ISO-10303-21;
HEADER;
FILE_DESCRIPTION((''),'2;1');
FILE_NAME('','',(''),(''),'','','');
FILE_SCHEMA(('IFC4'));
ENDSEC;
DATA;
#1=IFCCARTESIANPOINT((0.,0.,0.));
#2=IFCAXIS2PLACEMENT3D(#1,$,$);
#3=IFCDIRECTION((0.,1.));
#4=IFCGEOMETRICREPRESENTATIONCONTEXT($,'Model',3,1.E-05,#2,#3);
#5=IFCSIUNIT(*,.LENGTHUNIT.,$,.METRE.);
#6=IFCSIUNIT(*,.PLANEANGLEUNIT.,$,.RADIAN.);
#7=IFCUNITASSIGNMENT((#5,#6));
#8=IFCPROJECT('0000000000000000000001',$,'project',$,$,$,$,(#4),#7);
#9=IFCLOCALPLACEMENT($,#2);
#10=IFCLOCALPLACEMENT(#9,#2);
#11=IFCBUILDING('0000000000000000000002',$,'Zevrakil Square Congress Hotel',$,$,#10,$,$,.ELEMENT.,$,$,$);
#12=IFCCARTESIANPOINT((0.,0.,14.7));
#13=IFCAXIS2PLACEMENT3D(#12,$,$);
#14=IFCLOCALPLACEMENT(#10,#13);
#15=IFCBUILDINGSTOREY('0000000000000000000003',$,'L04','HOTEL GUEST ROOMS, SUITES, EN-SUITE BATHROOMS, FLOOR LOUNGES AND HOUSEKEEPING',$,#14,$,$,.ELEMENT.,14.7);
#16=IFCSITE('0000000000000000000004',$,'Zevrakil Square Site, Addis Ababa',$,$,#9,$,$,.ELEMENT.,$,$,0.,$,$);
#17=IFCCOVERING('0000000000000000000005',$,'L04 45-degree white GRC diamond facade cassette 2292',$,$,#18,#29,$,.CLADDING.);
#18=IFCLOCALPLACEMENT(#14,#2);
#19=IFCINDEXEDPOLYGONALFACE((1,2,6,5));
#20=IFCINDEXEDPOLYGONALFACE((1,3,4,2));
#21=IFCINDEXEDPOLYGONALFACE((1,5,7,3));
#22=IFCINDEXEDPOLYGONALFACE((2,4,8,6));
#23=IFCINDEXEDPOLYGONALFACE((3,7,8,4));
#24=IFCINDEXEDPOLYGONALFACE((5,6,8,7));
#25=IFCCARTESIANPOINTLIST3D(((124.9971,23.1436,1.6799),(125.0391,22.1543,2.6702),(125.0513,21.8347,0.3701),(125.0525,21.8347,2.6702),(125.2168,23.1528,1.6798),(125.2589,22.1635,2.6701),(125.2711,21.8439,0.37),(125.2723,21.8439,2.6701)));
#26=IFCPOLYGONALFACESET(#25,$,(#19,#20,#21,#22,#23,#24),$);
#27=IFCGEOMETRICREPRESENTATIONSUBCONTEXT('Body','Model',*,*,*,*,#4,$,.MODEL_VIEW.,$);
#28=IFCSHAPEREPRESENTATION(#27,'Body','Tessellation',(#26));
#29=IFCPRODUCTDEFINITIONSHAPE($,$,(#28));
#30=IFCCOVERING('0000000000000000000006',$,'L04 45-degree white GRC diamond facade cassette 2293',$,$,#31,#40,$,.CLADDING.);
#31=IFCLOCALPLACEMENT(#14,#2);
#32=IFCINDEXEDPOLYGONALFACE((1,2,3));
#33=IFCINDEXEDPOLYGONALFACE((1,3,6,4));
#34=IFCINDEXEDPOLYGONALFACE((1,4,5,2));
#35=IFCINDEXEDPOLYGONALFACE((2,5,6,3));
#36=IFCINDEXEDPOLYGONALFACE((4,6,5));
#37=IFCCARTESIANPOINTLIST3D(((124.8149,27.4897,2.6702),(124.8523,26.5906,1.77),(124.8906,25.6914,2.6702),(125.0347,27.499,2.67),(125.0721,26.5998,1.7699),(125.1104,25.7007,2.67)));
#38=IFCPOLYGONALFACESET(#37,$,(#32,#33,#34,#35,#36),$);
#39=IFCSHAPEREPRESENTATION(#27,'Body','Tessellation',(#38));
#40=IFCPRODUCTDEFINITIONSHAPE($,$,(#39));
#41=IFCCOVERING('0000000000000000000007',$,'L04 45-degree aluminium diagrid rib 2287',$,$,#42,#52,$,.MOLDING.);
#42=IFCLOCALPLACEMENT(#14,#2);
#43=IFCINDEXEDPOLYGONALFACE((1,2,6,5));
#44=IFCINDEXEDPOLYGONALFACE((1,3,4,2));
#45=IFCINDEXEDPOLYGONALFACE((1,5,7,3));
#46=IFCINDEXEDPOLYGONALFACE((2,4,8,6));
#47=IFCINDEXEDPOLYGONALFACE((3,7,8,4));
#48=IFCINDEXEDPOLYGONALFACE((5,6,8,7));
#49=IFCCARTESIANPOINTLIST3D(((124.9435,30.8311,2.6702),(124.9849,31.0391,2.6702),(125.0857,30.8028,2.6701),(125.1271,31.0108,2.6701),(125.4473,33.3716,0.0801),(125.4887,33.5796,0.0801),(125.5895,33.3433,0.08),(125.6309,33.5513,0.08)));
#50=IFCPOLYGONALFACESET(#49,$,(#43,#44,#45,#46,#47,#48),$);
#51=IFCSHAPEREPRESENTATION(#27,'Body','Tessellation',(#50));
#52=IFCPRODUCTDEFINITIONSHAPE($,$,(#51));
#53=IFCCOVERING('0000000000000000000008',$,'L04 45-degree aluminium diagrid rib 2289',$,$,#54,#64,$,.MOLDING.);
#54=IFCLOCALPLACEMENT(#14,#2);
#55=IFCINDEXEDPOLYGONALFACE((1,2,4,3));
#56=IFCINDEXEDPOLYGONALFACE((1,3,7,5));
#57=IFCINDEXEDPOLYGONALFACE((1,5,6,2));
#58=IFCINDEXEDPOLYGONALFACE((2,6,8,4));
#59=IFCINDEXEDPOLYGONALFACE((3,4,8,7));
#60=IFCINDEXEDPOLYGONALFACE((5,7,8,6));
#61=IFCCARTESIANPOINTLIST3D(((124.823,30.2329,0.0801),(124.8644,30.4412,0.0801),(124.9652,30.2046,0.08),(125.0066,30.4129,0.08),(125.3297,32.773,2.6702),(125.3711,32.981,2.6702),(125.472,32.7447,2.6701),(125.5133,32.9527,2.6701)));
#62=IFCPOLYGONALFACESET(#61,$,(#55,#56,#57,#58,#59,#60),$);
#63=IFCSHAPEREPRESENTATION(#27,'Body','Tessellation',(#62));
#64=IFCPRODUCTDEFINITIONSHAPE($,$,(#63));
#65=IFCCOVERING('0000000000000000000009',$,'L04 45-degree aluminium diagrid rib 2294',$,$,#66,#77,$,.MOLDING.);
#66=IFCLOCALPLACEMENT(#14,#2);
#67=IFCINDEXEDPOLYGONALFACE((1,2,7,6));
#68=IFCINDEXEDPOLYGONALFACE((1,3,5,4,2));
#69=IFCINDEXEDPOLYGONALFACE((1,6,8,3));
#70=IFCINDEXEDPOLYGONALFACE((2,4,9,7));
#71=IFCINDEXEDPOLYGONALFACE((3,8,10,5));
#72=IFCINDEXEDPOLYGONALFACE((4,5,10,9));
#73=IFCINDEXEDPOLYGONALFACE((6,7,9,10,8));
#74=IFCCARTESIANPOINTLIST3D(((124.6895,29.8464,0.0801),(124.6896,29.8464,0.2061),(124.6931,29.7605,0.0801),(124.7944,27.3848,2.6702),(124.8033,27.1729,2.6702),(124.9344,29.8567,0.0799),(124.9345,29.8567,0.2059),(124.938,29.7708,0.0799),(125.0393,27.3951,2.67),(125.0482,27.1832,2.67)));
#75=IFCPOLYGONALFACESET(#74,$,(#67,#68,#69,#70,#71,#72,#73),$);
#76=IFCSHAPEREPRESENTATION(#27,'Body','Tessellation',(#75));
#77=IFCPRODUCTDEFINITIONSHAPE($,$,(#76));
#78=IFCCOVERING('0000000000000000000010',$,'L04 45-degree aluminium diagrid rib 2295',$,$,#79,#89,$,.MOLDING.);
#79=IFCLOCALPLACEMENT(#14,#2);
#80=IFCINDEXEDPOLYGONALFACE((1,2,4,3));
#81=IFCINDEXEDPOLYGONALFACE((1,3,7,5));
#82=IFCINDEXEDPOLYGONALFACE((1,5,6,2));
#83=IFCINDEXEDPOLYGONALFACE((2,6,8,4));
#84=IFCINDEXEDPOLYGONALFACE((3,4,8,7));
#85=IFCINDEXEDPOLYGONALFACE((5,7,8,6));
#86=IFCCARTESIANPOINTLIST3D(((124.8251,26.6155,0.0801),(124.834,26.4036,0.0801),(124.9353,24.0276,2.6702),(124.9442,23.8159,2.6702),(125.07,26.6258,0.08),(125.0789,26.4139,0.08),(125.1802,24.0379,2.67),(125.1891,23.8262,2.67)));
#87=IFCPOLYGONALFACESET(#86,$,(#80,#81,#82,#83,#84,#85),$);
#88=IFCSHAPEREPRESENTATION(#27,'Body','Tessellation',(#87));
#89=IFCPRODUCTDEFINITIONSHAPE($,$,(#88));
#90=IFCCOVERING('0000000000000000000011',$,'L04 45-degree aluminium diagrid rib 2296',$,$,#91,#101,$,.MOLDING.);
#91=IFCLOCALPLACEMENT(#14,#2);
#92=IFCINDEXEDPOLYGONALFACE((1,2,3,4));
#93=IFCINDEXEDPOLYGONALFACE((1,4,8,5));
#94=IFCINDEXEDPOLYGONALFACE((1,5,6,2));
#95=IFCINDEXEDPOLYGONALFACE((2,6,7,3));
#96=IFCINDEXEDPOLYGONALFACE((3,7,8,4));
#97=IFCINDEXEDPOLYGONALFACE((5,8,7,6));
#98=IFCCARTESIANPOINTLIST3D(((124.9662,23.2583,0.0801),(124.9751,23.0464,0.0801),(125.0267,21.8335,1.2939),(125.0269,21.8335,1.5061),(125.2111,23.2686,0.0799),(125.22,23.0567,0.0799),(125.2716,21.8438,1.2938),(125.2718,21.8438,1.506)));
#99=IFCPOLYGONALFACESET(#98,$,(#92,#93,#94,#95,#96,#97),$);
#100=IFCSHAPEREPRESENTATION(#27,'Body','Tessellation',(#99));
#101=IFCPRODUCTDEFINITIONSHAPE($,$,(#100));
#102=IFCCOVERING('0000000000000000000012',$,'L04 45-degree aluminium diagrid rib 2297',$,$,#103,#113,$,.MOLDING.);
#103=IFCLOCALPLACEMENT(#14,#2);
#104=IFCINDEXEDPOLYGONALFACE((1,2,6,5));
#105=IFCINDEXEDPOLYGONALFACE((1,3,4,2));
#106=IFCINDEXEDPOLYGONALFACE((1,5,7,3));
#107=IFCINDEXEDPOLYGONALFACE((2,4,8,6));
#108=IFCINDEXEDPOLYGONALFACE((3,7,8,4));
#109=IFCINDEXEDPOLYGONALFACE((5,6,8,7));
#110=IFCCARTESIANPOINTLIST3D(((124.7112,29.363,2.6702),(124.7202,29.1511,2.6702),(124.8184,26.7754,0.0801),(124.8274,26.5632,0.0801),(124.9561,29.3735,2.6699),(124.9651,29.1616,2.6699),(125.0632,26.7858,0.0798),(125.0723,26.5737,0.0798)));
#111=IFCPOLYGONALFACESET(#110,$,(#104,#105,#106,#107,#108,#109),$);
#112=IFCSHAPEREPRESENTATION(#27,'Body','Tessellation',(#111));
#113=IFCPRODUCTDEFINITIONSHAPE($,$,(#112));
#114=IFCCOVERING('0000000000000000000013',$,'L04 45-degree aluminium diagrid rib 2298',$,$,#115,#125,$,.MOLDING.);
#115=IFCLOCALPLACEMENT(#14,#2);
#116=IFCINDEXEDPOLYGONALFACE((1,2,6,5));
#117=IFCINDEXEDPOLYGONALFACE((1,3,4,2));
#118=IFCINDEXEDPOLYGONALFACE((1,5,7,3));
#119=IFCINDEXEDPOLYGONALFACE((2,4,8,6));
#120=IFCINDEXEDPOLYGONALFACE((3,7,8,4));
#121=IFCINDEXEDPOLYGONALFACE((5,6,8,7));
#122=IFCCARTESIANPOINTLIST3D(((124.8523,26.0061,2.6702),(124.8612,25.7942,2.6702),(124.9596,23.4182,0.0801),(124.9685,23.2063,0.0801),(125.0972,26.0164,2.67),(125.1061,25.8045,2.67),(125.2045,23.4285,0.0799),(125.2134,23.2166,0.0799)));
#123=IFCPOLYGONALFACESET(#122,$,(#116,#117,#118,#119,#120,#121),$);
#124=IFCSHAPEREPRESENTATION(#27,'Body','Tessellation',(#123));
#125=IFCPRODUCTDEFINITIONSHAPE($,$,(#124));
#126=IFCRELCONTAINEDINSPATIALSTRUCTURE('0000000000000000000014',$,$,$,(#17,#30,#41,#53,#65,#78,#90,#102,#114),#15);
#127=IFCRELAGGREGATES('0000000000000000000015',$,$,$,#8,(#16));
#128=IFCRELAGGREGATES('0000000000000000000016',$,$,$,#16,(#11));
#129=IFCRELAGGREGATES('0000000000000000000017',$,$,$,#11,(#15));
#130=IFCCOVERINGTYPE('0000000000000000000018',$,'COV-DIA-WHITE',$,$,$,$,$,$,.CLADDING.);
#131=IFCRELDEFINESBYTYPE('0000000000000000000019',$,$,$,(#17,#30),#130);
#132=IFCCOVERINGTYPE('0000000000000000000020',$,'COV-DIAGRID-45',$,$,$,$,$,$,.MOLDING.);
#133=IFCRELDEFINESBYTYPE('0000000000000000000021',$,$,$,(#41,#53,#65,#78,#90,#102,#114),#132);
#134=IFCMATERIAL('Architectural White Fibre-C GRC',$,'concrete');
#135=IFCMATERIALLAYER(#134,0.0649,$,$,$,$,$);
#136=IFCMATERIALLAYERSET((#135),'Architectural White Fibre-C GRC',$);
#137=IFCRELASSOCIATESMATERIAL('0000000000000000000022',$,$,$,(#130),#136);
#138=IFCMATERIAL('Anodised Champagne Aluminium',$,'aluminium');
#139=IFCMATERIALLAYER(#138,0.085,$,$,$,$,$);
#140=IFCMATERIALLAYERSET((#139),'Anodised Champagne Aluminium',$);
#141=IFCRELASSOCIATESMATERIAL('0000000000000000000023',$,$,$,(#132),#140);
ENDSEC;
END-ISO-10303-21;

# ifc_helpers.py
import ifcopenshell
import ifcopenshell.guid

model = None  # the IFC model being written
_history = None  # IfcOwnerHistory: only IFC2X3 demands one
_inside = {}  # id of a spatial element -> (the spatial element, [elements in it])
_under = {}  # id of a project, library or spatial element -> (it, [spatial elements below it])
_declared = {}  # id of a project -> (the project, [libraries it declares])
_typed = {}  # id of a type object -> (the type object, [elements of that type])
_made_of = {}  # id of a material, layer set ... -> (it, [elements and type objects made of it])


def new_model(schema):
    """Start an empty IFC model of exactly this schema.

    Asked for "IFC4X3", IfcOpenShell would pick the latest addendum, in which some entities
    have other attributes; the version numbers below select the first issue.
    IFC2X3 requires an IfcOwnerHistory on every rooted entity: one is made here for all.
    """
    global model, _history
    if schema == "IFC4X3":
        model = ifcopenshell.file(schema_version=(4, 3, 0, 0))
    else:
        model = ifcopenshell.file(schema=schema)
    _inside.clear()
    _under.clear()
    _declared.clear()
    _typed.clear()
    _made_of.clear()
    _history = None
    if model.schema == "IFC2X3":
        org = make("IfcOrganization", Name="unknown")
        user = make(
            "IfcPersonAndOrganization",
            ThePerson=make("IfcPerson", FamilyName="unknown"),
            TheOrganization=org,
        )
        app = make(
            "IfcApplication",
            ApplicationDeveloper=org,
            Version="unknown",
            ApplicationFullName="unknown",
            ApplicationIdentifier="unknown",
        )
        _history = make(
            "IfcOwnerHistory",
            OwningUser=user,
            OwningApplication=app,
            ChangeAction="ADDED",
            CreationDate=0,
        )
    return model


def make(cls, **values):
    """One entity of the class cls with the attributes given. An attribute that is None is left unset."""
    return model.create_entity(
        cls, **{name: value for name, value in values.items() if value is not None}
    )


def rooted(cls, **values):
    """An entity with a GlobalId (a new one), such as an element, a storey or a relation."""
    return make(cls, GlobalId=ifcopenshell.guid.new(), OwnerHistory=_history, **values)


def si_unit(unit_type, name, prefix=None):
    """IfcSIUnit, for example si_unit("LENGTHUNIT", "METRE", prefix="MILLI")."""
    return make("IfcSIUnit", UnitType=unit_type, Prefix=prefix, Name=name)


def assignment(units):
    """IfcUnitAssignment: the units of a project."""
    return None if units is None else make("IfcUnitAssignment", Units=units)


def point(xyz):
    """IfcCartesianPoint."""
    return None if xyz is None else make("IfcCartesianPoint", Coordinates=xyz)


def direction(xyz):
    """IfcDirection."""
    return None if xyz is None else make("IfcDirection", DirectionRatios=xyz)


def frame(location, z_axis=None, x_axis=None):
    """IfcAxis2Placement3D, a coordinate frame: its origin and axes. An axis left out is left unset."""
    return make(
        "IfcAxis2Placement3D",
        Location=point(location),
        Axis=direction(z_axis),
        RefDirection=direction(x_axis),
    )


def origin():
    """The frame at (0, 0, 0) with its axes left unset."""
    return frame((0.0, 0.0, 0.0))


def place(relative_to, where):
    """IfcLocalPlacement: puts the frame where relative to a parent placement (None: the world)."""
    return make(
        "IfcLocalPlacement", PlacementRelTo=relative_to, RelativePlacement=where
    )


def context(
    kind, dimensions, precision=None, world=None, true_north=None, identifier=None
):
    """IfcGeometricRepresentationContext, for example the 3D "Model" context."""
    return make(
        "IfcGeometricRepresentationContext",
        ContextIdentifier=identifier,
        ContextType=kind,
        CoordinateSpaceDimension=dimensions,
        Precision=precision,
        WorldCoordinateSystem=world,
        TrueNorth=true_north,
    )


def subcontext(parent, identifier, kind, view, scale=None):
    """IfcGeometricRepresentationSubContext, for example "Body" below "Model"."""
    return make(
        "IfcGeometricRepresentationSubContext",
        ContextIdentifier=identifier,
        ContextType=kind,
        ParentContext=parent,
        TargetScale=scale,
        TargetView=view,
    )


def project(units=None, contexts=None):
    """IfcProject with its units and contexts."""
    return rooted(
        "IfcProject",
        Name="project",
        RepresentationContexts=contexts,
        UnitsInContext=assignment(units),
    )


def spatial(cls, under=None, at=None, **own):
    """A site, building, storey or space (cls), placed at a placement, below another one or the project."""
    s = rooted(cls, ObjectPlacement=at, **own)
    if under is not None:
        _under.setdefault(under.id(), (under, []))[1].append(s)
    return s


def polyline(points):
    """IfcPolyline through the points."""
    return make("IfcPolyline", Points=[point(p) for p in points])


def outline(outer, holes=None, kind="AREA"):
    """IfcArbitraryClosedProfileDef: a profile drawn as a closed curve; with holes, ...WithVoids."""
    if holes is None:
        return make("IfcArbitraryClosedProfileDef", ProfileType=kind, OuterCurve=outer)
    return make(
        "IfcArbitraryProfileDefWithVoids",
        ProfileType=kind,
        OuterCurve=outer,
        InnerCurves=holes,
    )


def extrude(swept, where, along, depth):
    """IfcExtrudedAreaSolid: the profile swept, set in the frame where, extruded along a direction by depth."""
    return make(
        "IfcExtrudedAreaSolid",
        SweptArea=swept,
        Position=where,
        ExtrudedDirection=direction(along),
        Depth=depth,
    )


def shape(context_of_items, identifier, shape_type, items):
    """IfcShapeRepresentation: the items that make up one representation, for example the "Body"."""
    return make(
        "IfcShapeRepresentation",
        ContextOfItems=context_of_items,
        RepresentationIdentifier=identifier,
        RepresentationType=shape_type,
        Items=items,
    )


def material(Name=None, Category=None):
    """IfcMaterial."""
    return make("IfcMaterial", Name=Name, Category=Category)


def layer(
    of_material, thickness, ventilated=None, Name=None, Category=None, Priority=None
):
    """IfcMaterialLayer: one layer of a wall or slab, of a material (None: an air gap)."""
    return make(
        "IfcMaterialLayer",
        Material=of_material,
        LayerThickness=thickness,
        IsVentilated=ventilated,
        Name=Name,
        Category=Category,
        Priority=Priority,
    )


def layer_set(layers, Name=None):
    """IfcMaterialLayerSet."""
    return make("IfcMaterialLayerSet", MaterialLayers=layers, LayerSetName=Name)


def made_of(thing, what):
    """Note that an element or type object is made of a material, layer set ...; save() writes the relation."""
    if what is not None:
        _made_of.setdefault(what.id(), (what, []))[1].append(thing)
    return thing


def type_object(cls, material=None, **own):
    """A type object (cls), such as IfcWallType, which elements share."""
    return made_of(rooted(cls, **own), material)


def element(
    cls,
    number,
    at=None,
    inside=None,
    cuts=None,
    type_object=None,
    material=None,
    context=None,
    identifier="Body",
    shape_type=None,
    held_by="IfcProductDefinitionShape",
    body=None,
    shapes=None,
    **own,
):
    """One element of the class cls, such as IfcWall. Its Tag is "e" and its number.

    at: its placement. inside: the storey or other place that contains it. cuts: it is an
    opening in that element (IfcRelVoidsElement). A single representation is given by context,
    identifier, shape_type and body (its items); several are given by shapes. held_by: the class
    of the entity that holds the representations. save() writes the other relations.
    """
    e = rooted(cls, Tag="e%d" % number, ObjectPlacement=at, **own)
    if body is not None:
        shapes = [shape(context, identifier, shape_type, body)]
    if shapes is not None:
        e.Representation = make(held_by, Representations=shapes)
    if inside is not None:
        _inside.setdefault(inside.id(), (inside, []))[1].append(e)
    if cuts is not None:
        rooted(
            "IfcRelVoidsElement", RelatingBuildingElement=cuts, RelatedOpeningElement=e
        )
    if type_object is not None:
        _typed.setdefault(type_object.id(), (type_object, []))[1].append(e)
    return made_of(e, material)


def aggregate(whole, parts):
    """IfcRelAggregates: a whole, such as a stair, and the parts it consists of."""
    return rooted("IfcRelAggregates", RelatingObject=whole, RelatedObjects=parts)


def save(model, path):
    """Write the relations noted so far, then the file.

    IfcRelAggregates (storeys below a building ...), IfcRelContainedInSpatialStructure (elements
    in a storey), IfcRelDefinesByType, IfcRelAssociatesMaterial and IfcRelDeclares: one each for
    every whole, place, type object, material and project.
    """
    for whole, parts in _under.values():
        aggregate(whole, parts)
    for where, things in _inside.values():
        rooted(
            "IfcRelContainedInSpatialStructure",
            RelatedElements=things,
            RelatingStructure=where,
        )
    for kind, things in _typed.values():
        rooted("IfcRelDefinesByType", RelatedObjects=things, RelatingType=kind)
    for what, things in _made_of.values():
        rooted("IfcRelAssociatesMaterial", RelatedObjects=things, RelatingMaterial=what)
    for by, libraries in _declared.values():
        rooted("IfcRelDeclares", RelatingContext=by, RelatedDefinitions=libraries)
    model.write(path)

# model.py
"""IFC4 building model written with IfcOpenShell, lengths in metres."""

from ifc_helpers import new_model, si_unit, direction, frame, origin, place, context, subcontext, project, spatial, polyline, outline, extrude, material, layer, layer_set, type_object, element, save


model = new_model("IFC4")

# Units and contexts
model_context = context("Model", 3, precision=1e-05, world=origin(), true_north=direction((0.0, 1.0)))
body_context = subcontext(model_context, "Body", "Model", "MODEL_VIEW")
ifc_project = project(units=[si_unit("LENGTHUNIT", "METRE"), si_unit("PLANEANGLEUNIT", "RADIAN")], contexts=[model_context])

# Site, building, storey
site_placement = place(None, origin())
site = spatial("IfcSite", under=ifc_project, at=site_placement, Name="Zevrakil Square Site, Addis Ababa", CompositionType="ELEMENT", RefElevation=0.0)
building_placement = place(site_placement, origin())
building = spatial("IfcBuilding", under=site, at=building_placement, Name="Zevrakil Square Congress Hotel", CompositionType="ELEMENT")
storey_placement = place(building_placement, frame((0.0, 0.0, 14.7)))
storey = spatial("IfcBuildingStorey", under=building, at=storey_placement, Name="L04", Description="HOTEL GUEST ROOMS, SUITES, EN-SUITE BATHROOMS, FLOOR LOUNGES AND HOUSEKEEPING", CompositionType="ELEMENT", Elevation=14.7)

# Coverings
ifc_material_1 = material(Name="Architectural White Fibre-C GRC", Category="concrete")
ifc_layer_1 = layer(ifc_material_1, 0.0649)
ifc_layer_set_1 = layer_set([ifc_layer_1], Name="Architectural White Fibre-C GRC")
covering_type_1 = type_object("IfcCoveringType", Name="COV-DIA-WHITE", PredefinedType="CLADDING", material=ifc_layer_set_1)
covering_1_placement = place(storey_placement, frame((124.9971, 23.1436, 1.6799), z_axis=(-0.999121, -0.041912, 0.000521), x_axis=(0.030003, -0.706439, 0.707137)))
element("IfcCovering", 1, at=covering_1_placement, inside=storey, type_object=covering_type_1, Name="L04 45-degree white GRC diamond facade cassette 2292", PredefinedType="CLADDING", context=body_context, shape_type="SweptSolid", body=[
    extrude(outline(polyline([(0.0, 0.0), (1.4003, 0.0), (1.6265, -0.2262), (0.0, -1.8525), (0.0, 0.0)])), origin(), (0.0, 0.0, -1.0), 0.22),
])
covering_2_placement = place(storey_placement, frame((124.8523, 26.5906, 1.77), z_axis=(-0.999115, -0.042048, 0.000542), x_axis=(-0.029346, 0.706419, 0.707186)))
element("IfcCovering", 2, at=covering_2_placement, inside=storey, type_object=covering_type_1, Name="L04 45-degree white GRC diamond facade cassette 2293", PredefinedType="CLADDING", context=body_context, shape_type="SweptSolid", body=[
    extrude(outline(polyline([(0.0, 0.0), (1.2729, 0.0), (0.0003, -1.2729), (0.0, 0.0)])), origin(), (0.0, 0.0, -1.0), 0.22),
])
ifc_material_2 = material(Name="Anodised Champagne Aluminium", Category="aluminium")
ifc_layer_2 = layer(ifc_material_2, 0.085)
ifc_layer_set_2 = layer_set([ifc_layer_2], Name="Anodised Champagne Aluminium")
covering_type_2 = type_object("IfcCoveringType", Name="COV-DIAGRID-45", PredefinedType="MOLDING", material=ifc_layer_set_2)
covering_3_placement = place(storey_placement, frame((125.4473, 33.3716, 0.0801), z_axis=(-0.980779, 0.19512, 0.00062), x_axis=(0.19512, 0.980779, 0.0)))
element("IfcCovering", 3, at=covering_3_placement, inside=storey, type_object=covering_type_2, Name="L04 45-degree aluminium diagrid rib 2287", PredefinedType="MOLDING", context=body_context, shape_type="SweptSolid", body=[
    extrude(outline(polyline([(0.0, 0.0), (0.2121, 0.0), (-2.3779, -2.5901), (-2.59, -2.5901), (0.0, 0.0)])), origin(), (0.0, 0.0, -1.0), 0.145),
])
covering_4_placement = place(storey_placement, frame((125.3711, 32.981, 2.6702), z_axis=(-0.980801, 0.19501, 0.000647), x_axis=(-0.19501, -0.980801, 0.0)))
element("IfcCovering", 4, at=covering_4_placement, inside=storey, type_object=covering_type_2, Name="L04 45-degree aluminium diagrid rib 2289", PredefinedType="MOLDING", context=body_context, shape_type="SweptSolid", body=[
    extrude(outline(polyline([(0.0, 0.0), (0.2121, 0.0), (2.8022, -2.5901), (2.5898, -2.5901), (0.0, 0.0)])), origin(), (0.0, 0.0, -1.0), 0.145),
])
covering_5_placement = place(storey_placement, frame((124.6931, 29.7605, 0.0801), z_axis=(-0.999117, -0.042008, 0.000552), x_axis=(-0.042008, 0.999117, 0.0)))
element("IfcCovering", 5, at=covering_5_placement, inside=storey, type_object=covering_type_2, Name="L04 45-degree aluminium diagrid rib 2294", PredefinedType="MOLDING", context=body_context, shape_type="SweptSolid", body=[
    extrude(outline(polyline([(0.0, 0.0), (0.086, 0.0), (0.086, -0.126), (-2.3779, -2.5901), (-2.59, -2.5901), (0.0, 0.0)])), origin(), (0.0, 0.0, -1.0), 0.2451),
])
covering_6_placement = place(storey_placement, frame((124.834, 26.4036, 0.0801), z_axis=(-0.999116, -0.042038, 0.00052), x_axis=(-0.042038, 0.999116, 0.0)))
element("IfcCovering", 6, at=covering_6_placement, inside=storey, type_object=covering_type_2, Name="L04 45-degree aluminium diagrid rib 2295", PredefinedType="MOLDING", context=body_context, shape_type="SweptSolid", body=[
    extrude(outline(polyline([(0.0, 0.0), (0.2121, 0.0), (-2.3781, -2.5901), (-2.59, -2.5901), (0.0, 0.0)])), origin(), (0.0, 0.0, -1.0), 0.2451),
])
covering_7_placement = place(storey_placement, frame((124.9751, 23.0464, 0.0801), z_axis=(-0.999118, -0.041989, 0.00055), x_axis=(-0.041989, 0.999118, 0.0)))
element("IfcCovering", 7, at=covering_7_placement, inside=storey, type_object=covering_type_2, Name="L04 45-degree aluminium diagrid rib 2296", PredefinedType="MOLDING", context=body_context, shape_type="SweptSolid", body=[
    extrude(outline(polyline([(0.0, 0.0), (0.2121, 0.0), (-1.214, -1.426), (-1.214, -1.2139), (0.0, 0.0)])), origin(), (0.0, 0.0, -1.0), 0.2451),
])
covering_8_placement = place(storey_placement, frame((124.7112, 29.363, 2.6702), z_axis=(-0.999093, -0.042564, 0.001183), x_axis=(0.042564, -0.999094, 0.0)))
element("IfcCovering", 8, at=covering_8_placement, inside=storey, type_object=covering_type_2, Name="L04 45-degree aluminium diagrid rib 2297", PredefinedType="MOLDING", context=body_context, shape_type="SweptSolid", body=[
    extrude(outline(polyline([(0.0, 0.0), (0.2121, 0.0), (2.8022, -2.5901), (2.5899, -2.5901), (0.0, 0.0)])), origin(), (0.0, 0.0, -1.0), 0.2451),
])
covering_9_placement = place(storey_placement, frame((124.8523, 26.0061, 2.6702), z_axis=(-0.999117, -0.042014, 0.000587), x_axis=(0.042014, -0.999117, 0.0)))
element("IfcCovering", 9, at=covering_9_placement, inside=storey, type_object=covering_type_2, Name="L04 45-degree aluminium diagrid rib 2298", PredefinedType="MOLDING", context=body_context, shape_type="SweptSolid", body=[
    extrude(outline(polyline([(0.0, 0.0), (0.2121, 0.0), (2.8022, -2.5901), (2.5901, -2.5901), (0.0, 0.0)])), origin(), (0.0, 0.0, -1.0), 0.2451),
])

save(model, "model.ifc")
